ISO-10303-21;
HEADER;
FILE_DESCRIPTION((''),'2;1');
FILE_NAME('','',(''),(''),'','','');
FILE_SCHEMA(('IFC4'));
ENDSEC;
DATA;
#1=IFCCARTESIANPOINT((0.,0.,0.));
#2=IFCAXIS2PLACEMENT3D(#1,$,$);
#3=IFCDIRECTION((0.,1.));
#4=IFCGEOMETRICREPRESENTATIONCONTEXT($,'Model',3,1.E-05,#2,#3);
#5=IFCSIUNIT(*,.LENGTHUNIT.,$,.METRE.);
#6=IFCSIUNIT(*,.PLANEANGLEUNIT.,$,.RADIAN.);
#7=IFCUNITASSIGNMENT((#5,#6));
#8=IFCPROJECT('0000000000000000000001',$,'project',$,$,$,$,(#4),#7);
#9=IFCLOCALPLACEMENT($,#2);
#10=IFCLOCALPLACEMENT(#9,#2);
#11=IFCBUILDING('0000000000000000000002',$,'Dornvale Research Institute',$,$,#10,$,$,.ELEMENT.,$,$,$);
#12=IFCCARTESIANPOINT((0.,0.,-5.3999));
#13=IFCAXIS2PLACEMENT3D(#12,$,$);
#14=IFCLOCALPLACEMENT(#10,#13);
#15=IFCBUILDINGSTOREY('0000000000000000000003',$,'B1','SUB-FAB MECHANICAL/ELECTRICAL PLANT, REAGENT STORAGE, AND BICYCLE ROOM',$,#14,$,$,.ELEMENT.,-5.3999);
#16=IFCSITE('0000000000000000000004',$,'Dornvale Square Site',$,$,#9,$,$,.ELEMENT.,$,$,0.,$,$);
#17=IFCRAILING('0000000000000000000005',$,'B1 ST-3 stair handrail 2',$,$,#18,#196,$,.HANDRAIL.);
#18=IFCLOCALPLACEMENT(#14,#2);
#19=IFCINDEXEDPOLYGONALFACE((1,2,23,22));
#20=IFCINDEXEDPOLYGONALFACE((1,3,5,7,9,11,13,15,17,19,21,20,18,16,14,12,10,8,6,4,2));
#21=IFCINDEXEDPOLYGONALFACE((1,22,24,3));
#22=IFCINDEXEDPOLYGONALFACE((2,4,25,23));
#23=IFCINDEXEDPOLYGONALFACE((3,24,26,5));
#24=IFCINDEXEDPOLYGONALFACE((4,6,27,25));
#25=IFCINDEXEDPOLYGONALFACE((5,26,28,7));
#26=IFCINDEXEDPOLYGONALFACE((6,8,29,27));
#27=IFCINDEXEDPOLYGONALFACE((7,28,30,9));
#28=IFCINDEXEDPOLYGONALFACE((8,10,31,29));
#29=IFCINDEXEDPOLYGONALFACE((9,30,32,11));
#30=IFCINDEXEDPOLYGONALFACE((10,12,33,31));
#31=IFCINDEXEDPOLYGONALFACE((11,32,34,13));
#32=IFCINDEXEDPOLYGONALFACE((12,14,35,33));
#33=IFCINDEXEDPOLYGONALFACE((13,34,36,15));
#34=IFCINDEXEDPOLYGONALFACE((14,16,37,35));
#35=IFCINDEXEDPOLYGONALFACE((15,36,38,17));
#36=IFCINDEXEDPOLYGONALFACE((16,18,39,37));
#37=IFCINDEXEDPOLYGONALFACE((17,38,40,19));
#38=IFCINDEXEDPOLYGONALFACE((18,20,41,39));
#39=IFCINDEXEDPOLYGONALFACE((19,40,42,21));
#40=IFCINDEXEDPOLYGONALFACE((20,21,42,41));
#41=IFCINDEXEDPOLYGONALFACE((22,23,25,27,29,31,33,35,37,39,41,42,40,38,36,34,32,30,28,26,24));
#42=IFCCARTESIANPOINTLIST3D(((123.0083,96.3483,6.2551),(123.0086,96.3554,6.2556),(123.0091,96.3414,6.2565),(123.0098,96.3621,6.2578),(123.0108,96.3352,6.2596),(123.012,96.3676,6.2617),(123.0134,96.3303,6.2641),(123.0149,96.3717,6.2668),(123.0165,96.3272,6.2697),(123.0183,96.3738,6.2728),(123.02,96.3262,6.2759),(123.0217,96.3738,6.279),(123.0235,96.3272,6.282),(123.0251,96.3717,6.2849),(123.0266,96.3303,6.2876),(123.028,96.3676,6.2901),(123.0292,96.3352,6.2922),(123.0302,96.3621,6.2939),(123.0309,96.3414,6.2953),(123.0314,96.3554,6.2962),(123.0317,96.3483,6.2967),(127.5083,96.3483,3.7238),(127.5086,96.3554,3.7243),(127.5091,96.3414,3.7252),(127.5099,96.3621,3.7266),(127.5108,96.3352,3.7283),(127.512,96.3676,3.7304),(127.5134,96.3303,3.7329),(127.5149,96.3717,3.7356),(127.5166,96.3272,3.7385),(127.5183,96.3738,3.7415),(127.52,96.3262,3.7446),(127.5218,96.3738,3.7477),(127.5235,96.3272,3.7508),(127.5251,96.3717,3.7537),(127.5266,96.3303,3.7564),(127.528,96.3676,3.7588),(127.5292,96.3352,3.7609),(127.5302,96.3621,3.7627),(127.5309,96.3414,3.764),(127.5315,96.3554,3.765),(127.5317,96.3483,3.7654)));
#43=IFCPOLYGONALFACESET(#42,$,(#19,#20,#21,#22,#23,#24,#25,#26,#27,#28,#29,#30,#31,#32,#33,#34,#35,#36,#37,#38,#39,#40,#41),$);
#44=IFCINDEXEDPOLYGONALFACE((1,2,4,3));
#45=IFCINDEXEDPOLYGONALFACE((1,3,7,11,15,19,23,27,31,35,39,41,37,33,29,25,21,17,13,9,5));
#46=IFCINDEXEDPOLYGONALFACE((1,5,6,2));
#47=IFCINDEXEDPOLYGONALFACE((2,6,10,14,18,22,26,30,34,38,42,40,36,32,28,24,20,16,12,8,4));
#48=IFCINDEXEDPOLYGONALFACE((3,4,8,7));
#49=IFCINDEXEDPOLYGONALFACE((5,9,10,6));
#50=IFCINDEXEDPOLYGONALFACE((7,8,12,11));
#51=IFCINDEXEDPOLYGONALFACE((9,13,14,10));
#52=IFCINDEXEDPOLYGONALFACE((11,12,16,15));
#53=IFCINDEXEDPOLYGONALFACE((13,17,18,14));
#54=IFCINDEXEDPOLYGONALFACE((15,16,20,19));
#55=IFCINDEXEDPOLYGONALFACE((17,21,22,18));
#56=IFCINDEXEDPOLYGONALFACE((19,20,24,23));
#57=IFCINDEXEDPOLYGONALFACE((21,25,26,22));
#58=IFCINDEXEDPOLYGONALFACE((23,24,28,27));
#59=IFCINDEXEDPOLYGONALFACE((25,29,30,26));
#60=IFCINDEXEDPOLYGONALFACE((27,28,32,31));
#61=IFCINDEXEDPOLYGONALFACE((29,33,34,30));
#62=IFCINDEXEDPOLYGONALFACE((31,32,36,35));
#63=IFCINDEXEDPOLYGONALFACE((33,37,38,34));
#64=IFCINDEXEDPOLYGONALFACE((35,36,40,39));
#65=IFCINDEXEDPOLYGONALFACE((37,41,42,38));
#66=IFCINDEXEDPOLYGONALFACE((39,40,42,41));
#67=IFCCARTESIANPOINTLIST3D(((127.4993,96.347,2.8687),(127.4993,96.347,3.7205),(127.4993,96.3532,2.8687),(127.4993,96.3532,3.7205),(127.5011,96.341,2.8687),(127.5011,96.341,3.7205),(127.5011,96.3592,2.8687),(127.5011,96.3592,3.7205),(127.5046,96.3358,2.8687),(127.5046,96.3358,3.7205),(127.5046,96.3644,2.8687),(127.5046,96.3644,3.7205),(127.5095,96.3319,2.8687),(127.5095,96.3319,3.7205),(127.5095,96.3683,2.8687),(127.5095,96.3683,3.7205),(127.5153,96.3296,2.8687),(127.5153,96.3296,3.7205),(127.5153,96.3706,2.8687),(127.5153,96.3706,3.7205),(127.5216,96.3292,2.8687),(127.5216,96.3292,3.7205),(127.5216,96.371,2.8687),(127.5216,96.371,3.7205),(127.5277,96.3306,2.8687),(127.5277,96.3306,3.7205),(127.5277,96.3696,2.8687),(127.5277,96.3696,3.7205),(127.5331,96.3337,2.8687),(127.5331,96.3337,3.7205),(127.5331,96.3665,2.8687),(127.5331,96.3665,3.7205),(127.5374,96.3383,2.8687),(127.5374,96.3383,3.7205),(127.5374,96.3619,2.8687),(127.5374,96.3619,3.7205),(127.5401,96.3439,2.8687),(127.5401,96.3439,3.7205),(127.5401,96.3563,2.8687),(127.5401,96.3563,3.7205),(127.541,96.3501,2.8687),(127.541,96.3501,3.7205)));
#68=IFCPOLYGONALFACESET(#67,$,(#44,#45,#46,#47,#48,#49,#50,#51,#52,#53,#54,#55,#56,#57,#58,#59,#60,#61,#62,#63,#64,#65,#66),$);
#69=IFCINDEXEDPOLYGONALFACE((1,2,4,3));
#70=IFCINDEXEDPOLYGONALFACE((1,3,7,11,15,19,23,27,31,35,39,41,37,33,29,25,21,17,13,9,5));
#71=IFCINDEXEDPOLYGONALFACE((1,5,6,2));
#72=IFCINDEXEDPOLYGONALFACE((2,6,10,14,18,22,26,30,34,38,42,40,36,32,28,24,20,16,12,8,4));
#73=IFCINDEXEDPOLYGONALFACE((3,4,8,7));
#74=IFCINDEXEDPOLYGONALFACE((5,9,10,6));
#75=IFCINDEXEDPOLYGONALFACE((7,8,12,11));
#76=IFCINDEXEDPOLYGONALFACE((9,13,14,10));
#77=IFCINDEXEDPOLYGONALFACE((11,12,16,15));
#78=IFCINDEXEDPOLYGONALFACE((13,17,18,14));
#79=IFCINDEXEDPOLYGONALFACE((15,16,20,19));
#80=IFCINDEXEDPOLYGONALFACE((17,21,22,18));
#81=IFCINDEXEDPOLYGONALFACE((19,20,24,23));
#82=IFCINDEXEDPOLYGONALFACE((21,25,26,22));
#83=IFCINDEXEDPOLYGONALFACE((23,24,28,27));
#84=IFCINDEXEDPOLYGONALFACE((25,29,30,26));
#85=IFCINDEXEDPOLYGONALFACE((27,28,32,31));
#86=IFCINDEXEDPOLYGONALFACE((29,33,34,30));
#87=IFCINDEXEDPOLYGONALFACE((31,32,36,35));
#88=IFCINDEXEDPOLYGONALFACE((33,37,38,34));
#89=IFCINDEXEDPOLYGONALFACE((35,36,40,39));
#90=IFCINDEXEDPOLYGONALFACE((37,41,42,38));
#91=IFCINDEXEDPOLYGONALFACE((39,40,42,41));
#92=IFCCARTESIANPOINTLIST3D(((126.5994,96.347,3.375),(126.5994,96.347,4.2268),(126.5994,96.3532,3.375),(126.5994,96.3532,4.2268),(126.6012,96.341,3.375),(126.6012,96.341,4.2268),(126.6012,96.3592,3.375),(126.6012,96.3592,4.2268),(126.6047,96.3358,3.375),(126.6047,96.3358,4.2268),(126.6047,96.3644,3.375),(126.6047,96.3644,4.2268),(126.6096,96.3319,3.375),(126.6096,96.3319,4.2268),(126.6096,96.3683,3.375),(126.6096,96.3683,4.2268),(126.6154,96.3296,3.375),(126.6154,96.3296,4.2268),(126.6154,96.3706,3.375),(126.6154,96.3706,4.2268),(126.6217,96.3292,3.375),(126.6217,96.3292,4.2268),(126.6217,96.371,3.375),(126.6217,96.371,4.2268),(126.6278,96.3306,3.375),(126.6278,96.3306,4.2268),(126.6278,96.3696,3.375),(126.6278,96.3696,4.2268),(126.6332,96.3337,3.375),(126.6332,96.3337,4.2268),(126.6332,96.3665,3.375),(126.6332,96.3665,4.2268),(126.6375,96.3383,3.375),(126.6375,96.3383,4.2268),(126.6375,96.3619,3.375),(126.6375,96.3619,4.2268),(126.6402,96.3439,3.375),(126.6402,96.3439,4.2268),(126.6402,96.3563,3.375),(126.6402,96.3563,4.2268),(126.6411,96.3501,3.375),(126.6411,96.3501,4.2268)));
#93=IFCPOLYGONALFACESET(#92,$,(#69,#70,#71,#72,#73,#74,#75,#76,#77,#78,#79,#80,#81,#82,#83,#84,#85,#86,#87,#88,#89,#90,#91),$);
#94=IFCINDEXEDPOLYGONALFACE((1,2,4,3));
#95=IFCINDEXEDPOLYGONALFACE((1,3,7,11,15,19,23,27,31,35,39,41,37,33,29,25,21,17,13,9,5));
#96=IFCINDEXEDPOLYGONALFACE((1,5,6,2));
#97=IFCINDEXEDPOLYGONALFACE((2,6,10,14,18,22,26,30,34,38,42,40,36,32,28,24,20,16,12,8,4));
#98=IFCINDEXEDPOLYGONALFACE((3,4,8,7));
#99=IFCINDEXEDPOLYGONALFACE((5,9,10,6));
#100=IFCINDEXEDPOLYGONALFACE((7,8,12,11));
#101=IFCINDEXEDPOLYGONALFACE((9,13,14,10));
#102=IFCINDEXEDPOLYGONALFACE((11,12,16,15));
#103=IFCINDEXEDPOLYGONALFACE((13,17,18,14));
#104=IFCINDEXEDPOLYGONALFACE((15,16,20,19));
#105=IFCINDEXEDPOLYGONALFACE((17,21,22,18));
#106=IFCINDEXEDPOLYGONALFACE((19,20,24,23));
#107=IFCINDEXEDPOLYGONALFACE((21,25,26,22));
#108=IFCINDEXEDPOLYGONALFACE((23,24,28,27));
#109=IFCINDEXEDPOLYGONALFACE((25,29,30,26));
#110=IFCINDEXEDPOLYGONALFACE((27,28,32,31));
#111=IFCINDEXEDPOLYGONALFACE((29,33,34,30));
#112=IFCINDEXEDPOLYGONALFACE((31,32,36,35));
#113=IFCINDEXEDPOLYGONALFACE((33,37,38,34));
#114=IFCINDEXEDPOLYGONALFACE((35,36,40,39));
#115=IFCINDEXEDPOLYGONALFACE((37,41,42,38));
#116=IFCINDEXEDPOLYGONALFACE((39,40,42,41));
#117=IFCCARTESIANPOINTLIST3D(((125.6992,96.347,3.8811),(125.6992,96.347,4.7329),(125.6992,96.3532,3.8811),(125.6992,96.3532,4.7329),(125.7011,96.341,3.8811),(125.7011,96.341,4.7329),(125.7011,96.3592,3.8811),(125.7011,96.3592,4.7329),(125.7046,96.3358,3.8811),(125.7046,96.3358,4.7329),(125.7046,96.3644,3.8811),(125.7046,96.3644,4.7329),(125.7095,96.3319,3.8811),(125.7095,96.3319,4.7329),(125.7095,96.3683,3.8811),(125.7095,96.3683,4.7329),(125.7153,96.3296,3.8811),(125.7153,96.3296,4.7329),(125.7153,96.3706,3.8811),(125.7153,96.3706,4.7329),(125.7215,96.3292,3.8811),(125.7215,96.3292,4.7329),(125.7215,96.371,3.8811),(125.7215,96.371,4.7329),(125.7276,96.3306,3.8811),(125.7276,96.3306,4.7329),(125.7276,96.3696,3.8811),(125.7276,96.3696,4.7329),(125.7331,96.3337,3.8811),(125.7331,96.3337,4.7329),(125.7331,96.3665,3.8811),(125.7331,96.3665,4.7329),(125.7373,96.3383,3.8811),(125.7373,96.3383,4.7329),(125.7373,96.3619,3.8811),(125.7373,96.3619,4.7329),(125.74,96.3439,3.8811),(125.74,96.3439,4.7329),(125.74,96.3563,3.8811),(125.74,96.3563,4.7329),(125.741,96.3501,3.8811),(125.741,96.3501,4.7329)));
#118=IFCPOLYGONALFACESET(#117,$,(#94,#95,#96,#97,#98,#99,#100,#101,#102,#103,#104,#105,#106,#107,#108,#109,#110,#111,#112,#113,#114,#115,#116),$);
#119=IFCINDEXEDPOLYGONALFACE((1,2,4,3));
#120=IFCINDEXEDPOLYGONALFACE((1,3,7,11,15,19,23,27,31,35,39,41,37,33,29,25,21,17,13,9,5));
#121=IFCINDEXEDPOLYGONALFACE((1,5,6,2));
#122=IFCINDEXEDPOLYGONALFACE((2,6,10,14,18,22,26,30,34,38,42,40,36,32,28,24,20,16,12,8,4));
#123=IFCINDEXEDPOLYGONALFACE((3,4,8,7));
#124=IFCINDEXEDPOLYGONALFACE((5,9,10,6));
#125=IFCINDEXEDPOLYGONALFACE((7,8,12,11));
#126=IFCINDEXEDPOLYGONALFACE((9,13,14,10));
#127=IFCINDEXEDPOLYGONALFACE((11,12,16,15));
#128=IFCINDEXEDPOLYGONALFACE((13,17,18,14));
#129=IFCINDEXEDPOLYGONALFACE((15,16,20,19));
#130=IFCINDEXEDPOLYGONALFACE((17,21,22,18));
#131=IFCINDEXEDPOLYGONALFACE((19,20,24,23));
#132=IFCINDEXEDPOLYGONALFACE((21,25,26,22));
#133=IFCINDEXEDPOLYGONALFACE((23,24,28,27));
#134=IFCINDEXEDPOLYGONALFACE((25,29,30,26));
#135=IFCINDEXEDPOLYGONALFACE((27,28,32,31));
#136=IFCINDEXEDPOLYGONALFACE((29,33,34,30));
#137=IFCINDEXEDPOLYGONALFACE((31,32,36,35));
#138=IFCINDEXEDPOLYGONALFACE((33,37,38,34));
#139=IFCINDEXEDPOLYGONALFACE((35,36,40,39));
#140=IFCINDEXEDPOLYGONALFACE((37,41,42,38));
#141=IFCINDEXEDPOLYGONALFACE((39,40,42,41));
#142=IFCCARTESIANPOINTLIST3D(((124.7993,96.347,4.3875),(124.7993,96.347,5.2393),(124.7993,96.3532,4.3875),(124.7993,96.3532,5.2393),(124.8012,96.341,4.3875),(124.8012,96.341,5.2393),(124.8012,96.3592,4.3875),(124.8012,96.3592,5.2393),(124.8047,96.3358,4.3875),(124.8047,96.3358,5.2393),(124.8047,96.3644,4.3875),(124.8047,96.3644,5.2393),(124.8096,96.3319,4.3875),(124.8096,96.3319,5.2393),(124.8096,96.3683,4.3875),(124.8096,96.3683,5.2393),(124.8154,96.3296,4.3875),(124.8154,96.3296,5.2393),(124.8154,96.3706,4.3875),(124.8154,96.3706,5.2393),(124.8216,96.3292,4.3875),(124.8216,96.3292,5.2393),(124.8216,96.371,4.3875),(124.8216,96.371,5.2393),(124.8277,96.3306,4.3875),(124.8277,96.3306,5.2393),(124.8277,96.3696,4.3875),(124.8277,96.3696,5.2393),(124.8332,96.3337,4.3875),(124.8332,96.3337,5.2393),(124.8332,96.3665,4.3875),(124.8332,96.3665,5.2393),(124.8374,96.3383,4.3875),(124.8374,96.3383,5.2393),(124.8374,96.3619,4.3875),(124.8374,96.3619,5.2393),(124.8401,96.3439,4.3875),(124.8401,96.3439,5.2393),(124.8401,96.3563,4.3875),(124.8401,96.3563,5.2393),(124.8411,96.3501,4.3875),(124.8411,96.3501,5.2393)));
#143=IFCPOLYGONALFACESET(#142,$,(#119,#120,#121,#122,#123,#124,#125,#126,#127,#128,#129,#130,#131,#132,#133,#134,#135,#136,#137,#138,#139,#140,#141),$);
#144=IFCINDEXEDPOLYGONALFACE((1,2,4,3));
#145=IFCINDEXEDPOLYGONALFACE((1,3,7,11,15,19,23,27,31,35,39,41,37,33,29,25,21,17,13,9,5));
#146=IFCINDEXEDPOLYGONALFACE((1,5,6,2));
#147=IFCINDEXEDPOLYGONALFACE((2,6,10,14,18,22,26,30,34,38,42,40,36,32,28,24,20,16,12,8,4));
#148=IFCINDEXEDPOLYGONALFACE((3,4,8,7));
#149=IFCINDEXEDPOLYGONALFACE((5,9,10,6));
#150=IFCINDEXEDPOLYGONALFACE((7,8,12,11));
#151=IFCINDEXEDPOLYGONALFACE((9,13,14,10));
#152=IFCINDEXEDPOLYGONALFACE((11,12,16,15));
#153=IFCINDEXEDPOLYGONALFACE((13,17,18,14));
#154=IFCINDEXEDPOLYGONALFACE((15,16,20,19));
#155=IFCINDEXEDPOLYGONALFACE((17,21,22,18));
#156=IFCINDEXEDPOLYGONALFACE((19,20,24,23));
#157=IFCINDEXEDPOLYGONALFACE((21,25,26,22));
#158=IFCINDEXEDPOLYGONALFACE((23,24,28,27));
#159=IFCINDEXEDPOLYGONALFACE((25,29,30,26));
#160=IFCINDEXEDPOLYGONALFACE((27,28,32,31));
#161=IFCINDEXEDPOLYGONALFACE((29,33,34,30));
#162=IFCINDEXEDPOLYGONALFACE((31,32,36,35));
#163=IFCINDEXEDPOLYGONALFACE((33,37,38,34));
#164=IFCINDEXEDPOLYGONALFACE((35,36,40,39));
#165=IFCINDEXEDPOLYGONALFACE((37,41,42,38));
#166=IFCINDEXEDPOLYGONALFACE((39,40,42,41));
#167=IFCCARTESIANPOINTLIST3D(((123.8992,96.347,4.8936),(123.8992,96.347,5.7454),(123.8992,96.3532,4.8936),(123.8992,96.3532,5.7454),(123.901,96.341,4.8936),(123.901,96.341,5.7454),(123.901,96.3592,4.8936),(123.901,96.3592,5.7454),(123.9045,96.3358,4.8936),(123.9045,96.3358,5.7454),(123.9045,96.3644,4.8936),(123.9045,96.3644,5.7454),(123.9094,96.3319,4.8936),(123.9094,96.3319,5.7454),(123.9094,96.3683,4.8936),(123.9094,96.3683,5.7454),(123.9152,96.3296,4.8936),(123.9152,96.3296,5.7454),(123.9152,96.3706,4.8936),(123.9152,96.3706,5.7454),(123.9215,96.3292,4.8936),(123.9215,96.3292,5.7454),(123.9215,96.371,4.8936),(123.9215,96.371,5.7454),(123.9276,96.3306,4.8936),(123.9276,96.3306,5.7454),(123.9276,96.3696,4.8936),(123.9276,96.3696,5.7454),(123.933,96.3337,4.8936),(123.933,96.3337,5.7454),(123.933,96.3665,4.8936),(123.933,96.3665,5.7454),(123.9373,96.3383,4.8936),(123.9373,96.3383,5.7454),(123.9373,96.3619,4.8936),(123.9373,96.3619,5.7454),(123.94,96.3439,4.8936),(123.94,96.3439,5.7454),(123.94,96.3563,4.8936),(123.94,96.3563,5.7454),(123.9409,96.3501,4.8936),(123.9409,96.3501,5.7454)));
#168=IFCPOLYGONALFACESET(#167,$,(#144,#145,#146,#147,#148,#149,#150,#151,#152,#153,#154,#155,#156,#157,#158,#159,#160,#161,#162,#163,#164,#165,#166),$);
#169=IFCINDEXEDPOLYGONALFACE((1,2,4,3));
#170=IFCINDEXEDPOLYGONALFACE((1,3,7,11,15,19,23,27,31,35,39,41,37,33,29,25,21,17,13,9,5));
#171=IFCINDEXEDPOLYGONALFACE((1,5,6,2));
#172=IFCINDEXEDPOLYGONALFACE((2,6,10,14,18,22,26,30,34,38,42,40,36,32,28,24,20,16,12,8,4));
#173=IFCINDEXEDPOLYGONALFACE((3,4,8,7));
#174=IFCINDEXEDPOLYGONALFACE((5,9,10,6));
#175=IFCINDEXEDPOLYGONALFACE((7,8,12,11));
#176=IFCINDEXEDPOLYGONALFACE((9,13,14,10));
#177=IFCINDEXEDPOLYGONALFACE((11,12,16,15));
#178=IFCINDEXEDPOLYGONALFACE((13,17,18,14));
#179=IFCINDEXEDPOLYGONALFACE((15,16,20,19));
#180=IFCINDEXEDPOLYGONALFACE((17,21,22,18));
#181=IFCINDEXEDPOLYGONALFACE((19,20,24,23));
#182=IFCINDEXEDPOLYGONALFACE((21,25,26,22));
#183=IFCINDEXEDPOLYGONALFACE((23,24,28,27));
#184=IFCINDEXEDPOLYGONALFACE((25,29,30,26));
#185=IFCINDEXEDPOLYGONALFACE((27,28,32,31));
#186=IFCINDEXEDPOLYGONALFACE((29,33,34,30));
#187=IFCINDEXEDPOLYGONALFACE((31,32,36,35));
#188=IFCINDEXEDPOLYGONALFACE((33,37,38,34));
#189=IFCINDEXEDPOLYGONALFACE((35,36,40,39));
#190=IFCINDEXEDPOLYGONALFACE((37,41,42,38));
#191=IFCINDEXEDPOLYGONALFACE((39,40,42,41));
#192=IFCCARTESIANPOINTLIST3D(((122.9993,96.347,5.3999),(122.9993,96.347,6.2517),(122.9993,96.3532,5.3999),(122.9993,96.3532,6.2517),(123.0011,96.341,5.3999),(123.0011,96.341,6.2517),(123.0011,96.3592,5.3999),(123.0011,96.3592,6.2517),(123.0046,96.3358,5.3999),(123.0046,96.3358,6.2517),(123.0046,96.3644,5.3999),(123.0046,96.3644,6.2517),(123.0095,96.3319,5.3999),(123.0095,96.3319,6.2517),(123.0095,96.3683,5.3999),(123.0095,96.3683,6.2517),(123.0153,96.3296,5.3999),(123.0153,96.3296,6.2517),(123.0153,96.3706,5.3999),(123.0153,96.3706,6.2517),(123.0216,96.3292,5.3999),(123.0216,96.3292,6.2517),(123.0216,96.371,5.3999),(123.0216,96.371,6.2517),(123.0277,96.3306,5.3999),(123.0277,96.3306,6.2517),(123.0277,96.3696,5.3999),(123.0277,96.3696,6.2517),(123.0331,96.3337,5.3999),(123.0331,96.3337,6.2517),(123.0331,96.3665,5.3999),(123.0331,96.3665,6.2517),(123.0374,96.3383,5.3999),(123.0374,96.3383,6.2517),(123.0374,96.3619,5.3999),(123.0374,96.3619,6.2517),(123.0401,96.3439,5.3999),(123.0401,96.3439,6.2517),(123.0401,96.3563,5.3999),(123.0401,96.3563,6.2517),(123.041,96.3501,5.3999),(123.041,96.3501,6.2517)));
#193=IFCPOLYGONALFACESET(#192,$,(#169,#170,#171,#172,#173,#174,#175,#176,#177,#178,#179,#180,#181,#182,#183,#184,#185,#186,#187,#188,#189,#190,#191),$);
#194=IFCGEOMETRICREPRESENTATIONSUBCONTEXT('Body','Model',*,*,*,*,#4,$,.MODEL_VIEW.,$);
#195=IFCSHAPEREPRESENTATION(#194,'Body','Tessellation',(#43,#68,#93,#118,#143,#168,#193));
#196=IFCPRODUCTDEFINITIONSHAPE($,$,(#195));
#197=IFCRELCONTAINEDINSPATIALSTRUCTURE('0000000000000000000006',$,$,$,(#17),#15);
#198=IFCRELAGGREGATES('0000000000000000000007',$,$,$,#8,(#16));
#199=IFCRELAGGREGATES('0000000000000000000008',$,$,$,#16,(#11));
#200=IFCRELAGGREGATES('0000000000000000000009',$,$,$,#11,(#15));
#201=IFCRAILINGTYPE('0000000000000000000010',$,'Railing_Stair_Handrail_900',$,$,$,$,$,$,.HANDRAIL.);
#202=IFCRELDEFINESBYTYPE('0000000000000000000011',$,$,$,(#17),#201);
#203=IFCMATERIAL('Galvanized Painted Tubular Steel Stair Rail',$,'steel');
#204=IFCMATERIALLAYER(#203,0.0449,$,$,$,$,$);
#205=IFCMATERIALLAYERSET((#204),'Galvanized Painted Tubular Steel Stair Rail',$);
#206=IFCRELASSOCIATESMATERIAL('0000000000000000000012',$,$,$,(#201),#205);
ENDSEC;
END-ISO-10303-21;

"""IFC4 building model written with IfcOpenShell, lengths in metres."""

from ifc_helpers import new_model, si_unit, direction, frame, origin, origin_2d, place, context, subcontext, project, spatial, circle, extrude, material, layer, layer_set, type_object, element, save


model = new_model("IFC4")

# Units and contexts
model_context = context("Model", 3, precision=1e-05, world=origin(), true_north=direction((0.0, 1.0)))
body_context = subcontext(model_context, "Body", "Model", "MODEL_VIEW")
ifc_project = project(units=[si_unit("LENGTHUNIT", "METRE"), si_unit("PLANEANGLEUNIT", "RADIAN")], contexts=[model_context])

# Site, building, storey
site_placement = place(None, origin())
site = spatial("IfcSite", under=ifc_project, at=site_placement, Name="Dornvale Square Site", CompositionType="ELEMENT", RefElevation=0.0)
building_placement = place(site_placement, origin())
building = spatial("IfcBuilding", under=site, at=building_placement, Name="Dornvale Research Institute", CompositionType="ELEMENT")
storey_placement = place(building_placement, frame((0.0, 0.0, -5.3999)))
storey = spatial("IfcBuildingStorey", under=building, at=storey_placement, Name="B1", Description="SUB-FAB MECHANICAL/ELECTRICAL PLANT, REAGENT STORAGE, AND BICYCLE ROOM", CompositionType="ELEMENT", Elevation=-5.3999)

# Railing
ifc_material_1 = material(Name="Galvanized Painted Tubular Steel Stair Rail", Category="steel")
ifc_layer_1 = layer(ifc_material_1, 0.0449)
ifc_layer_set_1 = layer_set([ifc_layer_1], Name="Galvanized Painted Tubular Steel Stair Rail")
railing_type_1 = type_object("IfcRailingType", Name="Railing_Stair_Handrail_900", PredefinedType="HANDRAIL", material=ifc_layer_set_1)
railing_1_placement = place(storey_placement, frame((127.52, 96.3501, 2.8687)))
element("IfcRailing", 1, at=railing_1_placement, inside=storey, type_object=railing_type_1, Name="B1 ST-3 stair handrail 2", PredefinedType="HANDRAIL", context=body_context, shape_type="SweptSolid", body=[
    extrude(circle(Radius=0.0239, at=origin_2d()), frame((0.0, 0.0, 0.876), z_axis=(-0.871576, 0.0, 0.490261), x_axis=(0.0, -1.0, 0.0)), (0.0, 0.0, 1.0), 5.1631),
    extrude(circle(Radius=0.021, at=origin_2d()), origin(), (0.0, 0.0, 1.0), 0.8518),
    extrude(circle(Radius=0.021, at=origin_2d()), frame((-0.8999, 0.0, 0.5063)), (0.0, 0.0, 1.0), 0.8518),
    extrude(circle(Radius=0.021, at=origin_2d()), frame((-1.8, 0.0, 1.0125)), (0.0, 0.0, 1.0), 0.8518),
    extrude(circle(Radius=0.021, at=origin_2d()), frame((-2.7, 0.0, 1.5188)), (0.0, 0.0, 1.0), 0.8518),
    extrude(circle(Radius=0.021, at=origin_2d()), frame((-3.6001, 0.0, 2.0249)), (0.0, 0.0, 1.0), 0.8518),
    extrude(circle(Radius=0.021, at=origin_2d()), frame((-4.5, 0.0, 2.5312)), (0.0, 0.0, 1.0), 0.8518),
])

save(model, "model.ifc")
